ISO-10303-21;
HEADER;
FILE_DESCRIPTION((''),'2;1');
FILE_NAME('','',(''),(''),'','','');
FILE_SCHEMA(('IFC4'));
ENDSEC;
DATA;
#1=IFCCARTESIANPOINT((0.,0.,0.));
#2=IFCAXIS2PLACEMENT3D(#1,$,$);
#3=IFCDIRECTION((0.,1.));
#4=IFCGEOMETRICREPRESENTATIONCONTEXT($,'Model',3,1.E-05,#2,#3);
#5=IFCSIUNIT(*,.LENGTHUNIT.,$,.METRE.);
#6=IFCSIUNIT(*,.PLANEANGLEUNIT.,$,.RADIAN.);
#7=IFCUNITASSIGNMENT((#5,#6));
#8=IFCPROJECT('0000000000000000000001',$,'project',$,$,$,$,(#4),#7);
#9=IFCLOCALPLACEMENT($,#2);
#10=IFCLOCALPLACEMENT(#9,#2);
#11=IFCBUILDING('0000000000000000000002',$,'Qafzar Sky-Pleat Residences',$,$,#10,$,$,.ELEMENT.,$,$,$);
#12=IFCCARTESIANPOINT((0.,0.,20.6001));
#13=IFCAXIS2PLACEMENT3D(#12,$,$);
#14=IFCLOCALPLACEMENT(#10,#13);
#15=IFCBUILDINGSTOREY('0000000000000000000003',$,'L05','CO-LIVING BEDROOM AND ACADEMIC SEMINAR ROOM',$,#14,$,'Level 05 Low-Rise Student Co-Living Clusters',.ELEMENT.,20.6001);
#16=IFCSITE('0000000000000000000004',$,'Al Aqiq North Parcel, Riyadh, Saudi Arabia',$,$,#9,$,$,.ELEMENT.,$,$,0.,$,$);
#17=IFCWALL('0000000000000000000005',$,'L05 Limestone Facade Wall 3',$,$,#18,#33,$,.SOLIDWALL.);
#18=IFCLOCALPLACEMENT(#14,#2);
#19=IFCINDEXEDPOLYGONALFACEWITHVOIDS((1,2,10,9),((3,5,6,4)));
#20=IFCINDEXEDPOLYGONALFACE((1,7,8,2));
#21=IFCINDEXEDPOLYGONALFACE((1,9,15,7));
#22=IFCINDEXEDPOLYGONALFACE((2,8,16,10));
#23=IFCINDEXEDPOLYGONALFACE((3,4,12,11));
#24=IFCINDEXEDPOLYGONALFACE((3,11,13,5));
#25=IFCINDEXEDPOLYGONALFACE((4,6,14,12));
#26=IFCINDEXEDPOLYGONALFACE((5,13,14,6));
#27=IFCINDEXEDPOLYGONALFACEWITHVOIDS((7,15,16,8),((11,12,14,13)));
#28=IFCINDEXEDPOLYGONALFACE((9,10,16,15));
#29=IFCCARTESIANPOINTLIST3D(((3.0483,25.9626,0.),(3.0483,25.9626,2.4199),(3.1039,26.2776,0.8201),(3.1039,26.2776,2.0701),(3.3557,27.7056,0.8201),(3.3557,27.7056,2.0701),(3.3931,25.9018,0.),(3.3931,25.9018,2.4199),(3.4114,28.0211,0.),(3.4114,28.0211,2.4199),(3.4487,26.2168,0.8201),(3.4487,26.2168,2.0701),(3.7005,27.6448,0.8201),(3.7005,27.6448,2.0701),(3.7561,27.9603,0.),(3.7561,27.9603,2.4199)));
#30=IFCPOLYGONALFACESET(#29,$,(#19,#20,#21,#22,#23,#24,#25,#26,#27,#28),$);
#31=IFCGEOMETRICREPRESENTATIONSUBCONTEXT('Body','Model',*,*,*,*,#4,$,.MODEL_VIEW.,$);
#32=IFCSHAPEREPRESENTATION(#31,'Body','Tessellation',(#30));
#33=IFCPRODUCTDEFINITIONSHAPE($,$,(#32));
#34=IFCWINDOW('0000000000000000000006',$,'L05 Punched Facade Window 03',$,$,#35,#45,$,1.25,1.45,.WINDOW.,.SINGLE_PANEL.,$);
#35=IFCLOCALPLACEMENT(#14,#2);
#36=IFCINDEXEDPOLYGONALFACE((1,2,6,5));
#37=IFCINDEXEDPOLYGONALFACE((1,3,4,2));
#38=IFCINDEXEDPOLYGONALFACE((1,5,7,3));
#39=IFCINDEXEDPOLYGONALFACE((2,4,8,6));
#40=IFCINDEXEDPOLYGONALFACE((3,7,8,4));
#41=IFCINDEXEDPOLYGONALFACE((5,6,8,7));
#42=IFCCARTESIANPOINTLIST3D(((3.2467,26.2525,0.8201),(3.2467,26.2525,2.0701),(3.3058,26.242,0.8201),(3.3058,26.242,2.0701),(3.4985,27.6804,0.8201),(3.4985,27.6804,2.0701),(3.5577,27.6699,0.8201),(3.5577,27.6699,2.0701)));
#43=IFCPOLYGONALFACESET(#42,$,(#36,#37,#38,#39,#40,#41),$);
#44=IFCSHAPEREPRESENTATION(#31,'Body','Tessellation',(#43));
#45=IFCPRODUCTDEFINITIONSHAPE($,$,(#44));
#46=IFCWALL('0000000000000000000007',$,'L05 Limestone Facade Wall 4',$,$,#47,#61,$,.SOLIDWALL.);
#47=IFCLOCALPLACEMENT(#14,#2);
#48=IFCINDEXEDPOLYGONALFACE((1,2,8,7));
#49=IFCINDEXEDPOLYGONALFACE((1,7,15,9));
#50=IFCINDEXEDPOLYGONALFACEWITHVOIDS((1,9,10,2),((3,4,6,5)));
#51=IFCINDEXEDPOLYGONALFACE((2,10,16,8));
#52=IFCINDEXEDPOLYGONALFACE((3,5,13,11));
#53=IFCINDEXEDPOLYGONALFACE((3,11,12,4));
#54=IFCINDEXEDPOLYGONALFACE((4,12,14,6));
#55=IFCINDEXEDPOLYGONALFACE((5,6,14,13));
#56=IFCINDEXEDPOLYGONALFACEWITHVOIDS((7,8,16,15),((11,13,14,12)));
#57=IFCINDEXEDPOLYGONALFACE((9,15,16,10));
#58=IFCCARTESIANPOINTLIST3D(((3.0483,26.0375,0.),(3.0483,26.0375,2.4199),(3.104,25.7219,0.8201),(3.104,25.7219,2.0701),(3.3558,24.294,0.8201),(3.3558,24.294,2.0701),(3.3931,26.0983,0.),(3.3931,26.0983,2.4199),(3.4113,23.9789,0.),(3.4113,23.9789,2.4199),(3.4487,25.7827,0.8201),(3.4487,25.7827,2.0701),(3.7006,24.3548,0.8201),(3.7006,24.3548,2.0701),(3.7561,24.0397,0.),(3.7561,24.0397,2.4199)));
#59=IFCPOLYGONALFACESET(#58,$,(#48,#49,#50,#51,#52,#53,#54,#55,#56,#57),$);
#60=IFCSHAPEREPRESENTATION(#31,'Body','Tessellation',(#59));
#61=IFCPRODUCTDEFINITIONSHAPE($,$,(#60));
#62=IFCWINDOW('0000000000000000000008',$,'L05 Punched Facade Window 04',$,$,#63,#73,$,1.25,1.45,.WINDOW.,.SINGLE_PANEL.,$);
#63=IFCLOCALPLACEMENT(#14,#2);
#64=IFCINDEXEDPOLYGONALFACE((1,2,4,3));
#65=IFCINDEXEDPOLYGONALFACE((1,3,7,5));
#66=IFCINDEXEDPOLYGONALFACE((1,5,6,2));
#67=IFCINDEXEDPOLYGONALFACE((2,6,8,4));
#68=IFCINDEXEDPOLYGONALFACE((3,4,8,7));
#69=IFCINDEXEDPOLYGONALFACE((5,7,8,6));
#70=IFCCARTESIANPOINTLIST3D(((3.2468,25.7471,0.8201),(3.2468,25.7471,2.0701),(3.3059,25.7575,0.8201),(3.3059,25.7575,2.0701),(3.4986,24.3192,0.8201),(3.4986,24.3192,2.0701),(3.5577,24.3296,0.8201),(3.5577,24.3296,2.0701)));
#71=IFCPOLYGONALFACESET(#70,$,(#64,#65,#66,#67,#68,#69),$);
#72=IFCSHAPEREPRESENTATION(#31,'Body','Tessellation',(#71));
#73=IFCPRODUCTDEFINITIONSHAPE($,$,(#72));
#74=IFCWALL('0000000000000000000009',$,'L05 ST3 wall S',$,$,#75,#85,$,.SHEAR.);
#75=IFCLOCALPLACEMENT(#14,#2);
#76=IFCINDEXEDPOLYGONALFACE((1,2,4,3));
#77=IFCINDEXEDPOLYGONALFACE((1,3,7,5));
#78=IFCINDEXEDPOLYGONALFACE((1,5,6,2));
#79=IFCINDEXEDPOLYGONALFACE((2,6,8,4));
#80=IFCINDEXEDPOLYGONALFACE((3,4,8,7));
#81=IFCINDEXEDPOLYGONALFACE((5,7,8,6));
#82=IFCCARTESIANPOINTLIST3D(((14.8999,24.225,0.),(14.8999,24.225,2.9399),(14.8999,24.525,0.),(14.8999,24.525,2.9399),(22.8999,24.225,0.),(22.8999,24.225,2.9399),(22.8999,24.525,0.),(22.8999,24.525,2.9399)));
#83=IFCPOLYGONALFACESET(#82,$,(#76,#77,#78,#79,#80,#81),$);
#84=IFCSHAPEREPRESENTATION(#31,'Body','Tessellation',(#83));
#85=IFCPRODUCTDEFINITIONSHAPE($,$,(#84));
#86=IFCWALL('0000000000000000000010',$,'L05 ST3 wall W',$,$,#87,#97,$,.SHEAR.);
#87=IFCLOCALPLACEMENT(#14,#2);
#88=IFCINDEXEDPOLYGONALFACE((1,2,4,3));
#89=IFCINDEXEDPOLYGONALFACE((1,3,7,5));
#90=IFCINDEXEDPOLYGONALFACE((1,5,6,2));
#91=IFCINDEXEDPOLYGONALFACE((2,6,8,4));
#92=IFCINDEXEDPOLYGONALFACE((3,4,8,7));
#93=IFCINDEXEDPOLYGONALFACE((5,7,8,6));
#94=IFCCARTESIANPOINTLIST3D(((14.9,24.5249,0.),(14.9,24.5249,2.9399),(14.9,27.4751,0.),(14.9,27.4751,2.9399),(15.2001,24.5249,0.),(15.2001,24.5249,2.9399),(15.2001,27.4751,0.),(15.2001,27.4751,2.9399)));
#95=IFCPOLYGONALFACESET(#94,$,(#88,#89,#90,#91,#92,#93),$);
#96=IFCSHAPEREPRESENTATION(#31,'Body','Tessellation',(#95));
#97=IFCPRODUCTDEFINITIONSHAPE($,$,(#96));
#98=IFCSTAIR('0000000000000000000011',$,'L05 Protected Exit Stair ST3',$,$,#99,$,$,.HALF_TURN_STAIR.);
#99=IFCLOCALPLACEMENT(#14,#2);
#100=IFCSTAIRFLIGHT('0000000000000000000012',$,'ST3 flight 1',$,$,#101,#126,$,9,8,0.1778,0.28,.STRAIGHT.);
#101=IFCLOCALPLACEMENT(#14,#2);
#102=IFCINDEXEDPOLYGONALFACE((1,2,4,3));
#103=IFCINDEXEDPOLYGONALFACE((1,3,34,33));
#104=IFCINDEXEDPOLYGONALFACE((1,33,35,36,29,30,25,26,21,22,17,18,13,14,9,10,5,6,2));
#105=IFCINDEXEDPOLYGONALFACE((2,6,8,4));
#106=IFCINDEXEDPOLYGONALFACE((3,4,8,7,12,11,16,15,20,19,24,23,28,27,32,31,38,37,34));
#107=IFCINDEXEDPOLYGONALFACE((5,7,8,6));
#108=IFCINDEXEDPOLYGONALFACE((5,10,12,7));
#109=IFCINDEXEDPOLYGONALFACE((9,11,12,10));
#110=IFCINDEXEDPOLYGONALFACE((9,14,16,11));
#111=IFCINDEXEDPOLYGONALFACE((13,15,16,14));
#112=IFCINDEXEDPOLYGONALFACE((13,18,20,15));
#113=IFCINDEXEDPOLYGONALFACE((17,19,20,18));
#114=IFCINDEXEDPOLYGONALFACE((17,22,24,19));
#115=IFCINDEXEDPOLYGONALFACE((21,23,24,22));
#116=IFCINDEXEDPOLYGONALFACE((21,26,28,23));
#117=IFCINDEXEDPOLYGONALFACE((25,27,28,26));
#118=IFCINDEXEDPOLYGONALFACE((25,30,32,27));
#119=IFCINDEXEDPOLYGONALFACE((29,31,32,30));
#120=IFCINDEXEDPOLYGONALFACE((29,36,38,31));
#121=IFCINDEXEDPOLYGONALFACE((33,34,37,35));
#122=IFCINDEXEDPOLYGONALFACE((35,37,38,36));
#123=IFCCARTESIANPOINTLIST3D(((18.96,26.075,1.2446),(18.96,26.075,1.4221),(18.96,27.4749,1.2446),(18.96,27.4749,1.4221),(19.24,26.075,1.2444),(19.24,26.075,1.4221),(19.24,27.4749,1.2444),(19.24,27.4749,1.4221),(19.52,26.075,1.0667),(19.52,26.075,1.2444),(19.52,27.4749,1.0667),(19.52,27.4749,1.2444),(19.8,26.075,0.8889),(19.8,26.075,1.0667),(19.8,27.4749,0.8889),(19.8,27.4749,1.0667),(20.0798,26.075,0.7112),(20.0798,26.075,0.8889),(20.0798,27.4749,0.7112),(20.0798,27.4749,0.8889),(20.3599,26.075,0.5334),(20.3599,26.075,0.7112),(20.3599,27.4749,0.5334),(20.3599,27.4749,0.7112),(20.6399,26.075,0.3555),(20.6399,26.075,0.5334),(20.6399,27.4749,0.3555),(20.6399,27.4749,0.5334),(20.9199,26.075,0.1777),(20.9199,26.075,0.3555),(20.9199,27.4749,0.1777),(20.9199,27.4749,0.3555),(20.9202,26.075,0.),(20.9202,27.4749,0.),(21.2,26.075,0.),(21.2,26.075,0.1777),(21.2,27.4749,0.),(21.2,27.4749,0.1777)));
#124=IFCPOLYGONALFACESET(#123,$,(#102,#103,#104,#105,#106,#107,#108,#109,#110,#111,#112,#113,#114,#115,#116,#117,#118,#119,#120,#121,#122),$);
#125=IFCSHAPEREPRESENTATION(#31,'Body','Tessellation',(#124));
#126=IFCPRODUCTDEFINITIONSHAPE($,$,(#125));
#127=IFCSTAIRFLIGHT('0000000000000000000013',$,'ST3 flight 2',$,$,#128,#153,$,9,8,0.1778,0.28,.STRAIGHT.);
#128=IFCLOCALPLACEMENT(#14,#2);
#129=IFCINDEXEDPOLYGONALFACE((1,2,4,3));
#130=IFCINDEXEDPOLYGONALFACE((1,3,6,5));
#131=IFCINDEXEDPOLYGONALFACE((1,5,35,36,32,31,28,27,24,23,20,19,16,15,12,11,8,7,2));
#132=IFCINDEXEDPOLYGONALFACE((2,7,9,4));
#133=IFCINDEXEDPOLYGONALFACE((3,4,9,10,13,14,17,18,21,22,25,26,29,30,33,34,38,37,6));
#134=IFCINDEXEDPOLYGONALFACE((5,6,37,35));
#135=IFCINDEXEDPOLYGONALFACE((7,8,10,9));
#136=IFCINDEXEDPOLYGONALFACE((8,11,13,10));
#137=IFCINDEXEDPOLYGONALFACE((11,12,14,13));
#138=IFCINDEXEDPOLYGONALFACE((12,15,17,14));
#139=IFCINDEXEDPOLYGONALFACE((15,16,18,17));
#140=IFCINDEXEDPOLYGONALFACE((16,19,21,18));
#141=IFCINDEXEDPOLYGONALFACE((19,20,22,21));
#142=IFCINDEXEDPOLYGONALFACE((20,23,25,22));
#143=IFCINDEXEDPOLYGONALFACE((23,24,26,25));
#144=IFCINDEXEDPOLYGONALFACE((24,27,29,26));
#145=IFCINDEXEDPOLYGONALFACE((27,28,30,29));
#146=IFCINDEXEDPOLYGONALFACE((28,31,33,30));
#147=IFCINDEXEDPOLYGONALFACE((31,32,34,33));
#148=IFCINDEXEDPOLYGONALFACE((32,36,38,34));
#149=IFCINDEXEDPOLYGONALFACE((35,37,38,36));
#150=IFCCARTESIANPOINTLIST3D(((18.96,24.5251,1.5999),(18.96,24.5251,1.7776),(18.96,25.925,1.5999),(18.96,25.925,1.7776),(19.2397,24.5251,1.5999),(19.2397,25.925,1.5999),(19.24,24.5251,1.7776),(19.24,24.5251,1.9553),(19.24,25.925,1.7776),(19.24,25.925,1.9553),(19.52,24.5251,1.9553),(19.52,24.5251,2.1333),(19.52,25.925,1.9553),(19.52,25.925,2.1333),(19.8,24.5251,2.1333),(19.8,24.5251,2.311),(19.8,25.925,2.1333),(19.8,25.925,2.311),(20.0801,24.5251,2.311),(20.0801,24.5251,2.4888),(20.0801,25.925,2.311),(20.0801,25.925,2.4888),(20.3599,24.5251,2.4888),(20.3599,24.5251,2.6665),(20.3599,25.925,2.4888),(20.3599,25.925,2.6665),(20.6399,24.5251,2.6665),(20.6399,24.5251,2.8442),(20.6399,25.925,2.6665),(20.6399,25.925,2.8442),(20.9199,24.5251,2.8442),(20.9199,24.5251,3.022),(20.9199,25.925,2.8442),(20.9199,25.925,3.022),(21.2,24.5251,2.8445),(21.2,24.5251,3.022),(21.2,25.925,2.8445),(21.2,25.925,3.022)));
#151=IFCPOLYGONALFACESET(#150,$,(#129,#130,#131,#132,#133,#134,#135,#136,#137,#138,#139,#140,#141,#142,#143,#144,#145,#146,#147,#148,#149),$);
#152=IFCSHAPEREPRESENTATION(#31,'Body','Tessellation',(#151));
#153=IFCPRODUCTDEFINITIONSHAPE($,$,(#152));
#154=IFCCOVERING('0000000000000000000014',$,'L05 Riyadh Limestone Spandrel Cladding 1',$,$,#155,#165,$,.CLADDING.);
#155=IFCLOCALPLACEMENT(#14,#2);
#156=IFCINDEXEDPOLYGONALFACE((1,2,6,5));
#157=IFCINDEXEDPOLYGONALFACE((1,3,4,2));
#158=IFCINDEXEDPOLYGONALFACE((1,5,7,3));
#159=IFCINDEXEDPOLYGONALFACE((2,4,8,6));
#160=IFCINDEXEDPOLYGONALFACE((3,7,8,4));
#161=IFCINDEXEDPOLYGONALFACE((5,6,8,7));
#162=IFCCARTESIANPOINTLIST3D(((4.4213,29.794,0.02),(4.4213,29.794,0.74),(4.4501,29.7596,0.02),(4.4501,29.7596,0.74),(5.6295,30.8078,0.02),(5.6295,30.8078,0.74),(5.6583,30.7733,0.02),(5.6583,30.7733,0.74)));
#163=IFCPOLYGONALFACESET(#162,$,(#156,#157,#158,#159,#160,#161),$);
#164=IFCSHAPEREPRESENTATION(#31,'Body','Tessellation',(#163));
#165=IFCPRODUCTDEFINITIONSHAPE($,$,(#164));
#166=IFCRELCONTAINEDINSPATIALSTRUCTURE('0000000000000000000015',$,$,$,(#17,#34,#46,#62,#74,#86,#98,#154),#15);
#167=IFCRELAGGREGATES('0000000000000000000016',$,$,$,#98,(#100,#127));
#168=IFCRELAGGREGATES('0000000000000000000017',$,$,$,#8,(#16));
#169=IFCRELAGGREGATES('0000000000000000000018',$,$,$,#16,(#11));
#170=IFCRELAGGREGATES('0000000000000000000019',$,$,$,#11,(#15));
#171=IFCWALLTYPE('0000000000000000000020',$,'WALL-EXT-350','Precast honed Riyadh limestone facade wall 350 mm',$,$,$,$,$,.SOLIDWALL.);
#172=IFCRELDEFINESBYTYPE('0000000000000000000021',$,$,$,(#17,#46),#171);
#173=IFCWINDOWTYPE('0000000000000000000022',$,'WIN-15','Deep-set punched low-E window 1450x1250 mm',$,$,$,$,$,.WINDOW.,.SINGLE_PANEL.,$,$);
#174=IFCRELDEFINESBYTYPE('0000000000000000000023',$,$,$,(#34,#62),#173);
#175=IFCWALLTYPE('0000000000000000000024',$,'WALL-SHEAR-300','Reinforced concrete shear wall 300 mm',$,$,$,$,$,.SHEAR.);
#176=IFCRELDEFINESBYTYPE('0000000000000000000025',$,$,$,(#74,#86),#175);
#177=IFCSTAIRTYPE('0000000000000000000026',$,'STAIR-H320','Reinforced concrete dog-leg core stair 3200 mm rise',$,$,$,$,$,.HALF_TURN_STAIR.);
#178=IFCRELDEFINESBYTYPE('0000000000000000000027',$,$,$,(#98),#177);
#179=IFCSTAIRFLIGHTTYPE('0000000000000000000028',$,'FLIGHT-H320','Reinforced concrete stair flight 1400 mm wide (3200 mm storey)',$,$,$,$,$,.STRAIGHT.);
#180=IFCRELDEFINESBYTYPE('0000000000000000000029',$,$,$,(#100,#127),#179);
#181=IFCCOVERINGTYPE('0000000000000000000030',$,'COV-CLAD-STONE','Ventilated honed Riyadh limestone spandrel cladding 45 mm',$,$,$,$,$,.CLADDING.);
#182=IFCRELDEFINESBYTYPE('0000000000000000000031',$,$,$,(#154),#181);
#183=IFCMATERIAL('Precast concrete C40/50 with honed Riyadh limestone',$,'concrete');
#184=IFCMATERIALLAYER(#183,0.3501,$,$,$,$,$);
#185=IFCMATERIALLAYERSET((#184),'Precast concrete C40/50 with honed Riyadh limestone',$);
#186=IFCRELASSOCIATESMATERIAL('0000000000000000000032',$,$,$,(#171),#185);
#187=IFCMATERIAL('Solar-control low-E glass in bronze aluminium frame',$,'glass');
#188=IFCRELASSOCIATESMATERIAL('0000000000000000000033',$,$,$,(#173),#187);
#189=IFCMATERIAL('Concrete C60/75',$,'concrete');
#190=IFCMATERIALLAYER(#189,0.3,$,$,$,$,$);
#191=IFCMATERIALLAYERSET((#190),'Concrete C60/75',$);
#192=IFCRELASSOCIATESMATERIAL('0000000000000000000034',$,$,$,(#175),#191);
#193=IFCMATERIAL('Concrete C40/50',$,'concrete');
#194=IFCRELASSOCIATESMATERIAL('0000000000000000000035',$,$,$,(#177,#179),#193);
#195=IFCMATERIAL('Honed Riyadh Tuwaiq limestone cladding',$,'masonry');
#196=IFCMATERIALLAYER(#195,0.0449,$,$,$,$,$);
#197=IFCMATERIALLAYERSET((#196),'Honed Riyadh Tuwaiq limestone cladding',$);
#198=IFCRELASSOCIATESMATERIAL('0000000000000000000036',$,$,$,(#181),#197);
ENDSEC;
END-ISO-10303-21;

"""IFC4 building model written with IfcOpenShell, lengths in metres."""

from ifc_helpers import new_model, si_unit, direction, frame, frame_2d, origin, origin_2d, place, context, subcontext, project, spatial, polyline, rectangle, outline, extrude, source, transform, mapped, material, layer, layer_set, type_object, element, fill, aggregate, save


model = new_model("IFC4")

# Units and contexts
model_context = context("Model", 3, precision=1e-05, world=origin(), true_north=direction((0.0, 1.0)))
body_context = subcontext(model_context, "Body", "Model", "MODEL_VIEW")
ifc_project = project(units=[si_unit("LENGTHUNIT", "METRE"), si_unit("PLANEANGLEUNIT", "RADIAN")], contexts=[model_context])

# Site, building, storey
site_placement = place(None, origin())
site = spatial("IfcSite", under=ifc_project, at=site_placement, Name="Al Aqiq North Parcel, Riyadh, Saudi Arabia", CompositionType="ELEMENT", RefElevation=0.0)
building_placement = place(site_placement, origin())
building = spatial("IfcBuilding", under=site, at=building_placement, Name="Qafzar Sky-Pleat Residences", CompositionType="ELEMENT")
storey_placement = place(building_placement, frame((0.0, 0.0, 20.6001)))
storey = spatial("IfcBuildingStorey", under=building, at=storey_placement, Name="L05", Description="CO-LIVING BEDROOM AND ACADEMIC SEMINAR ROOM", LongName="Level 05 Low-Rise Student Co-Living Clusters", CompositionType="ELEMENT", Elevation=20.6001)

# Shared definitions
ifc_material_1 = material(Name="Concrete C60/75", Category="concrete")

# Shared definitions
ifc_material_2 = material(Name="Precast concrete C40/50 with honed Riyadh limestone", Category="concrete")
ifc_layer_1 = layer(ifc_material_2, 0.3501)
ifc_layer_set_1 = layer_set([ifc_layer_1], Name="Precast concrete C40/50 with honed Riyadh limestone")
wall_type_1 = type_object("IfcWallType", Name="WALL-EXT-350", Description="Precast honed Riyadh limestone facade wall 350 mm", PredefinedType="SOLIDWALL", material=ifc_layer_set_1)

# Walls, openings, windows
ifc_material_3 = material(Name="Solar-control low-E glass in bronze aluminium frame", Category="glass")
window_type = type_object("IfcWindowType", Name="WIN-15", Description="Deep-set punched low-E window 1450x1250 mm", PartitioningType="SINGLE_PANEL", PredefinedType="WINDOW", material=ifc_material_3)
shared_shape_1 = source(origin(), body_context, "Body", "SweptSolid", [
    extrude(rectangle(XDim=1.45, YDim=1.25, at=frame_2d((0.7251, 0.625))), frame((0.0, 0.03, 0.0), z_axis=(0.0, -1.0, 0.0), x_axis=(1.0, 0.0, 0.0)), (0.0, 0.0, 1.0), 0.0601),
])
wall_1_placement = place(storey_placement, frame((3.5837, 27.9907, 0.0), z_axis=(0.0, 0.0, 1.0), x_axis=(-0.173672, -0.984804, 0.0)))
wall_1 = element("IfcWall", 1, at=wall_1_placement, inside=storey, type_object=wall_type_1, Name="L05 Limestone Facade Wall 3", PredefinedType="SOLIDWALL", context=body_context, shape_type="SweptSolid", body=[
    extrude(rectangle(XDim=2.0903, YDim=0.3501, at=frame_2d((1.0452, 0.0))), origin(), (0.0, 0.0, 1.0), 2.4199),
])
opening_1_placement = place(wall_1_placement, frame((0.3203, 0.0, 0.8201)))
opening_1 = element("IfcOpeningElement", 2, at=opening_1_placement, cuts=wall_1, PredefinedType="OPENING", context=body_context, shape_type="SweptSolid", body=[
    extrude(rectangle(XDim=1.45, YDim=1.25, at=frame_2d((0.7251, 0.625))), frame((0.0, 0.1851, 0.0), z_axis=(0.0, -1.0, 0.0), x_axis=(1.0, 0.0, 0.0)), (0.0, 0.0, 1.0), 0.3701),
])
window_1_placement = place(opening_1_placement, origin())
window_1 = element("IfcWindow", 3, at=window_1_placement, inside=storey, type_object=window_type, Name="L05 Punched Facade Window 03", OverallHeight=1.25, OverallWidth=1.45, PartitioningType="SINGLE_PANEL", PredefinedType="WINDOW", context=body_context, shape_type="MappedRepresentation", body=[
    mapped(shared_shape_1, transform((0.0, 0.0, 0.0), x_axis=(1.0, 0.0, 0.0), y_axis=(0.0, 1.0, 0.0), z_axis=(0.0, 0.0, 1.0), scale=1.0)),
])
fill(opening_1, window_1)
wall_2_placement = place(storey_placement, frame((3.2207, 26.0679, 0.0), z_axis=(0.0, 0.0, 1.0), x_axis=(0.173672, -0.984804, 0.0)))
wall_2 = element("IfcWall", 4, at=wall_2_placement, inside=storey, type_object=wall_type_1, Name="L05 Limestone Facade Wall 4", PredefinedType="SOLIDWALL", context=body_context, shape_type="SweptSolid", body=[
    extrude(rectangle(XDim=2.0903, YDim=0.3501, at=frame_2d((1.0452, 0.0))), origin(), (0.0, 0.0, 1.0), 2.4199),
])
opening_2_placement = place(wall_2_placement, frame((0.3203, 0.0, 0.8201)))
opening_2 = element("IfcOpeningElement", 5, at=opening_2_placement, cuts=wall_2, PredefinedType="OPENING", context=body_context, shape_type="SweptSolid", body=[
    extrude(rectangle(XDim=1.45, YDim=1.25, at=frame_2d((0.7251, 0.625))), frame((0.0, 0.1851, 0.0), z_axis=(0.0, -1.0, 0.0), x_axis=(1.0, 0.0, 0.0)), (0.0, 0.0, 1.0), 0.3701),
])
window_2_placement = place(opening_2_placement, origin())
window_2 = element("IfcWindow", 6, at=window_2_placement, inside=storey, type_object=window_type, Name="L05 Punched Facade Window 04", OverallHeight=1.25, OverallWidth=1.45, PartitioningType="SINGLE_PANEL", PredefinedType="WINDOW", context=body_context, shape_type="MappedRepresentation", body=[
    mapped(shared_shape_1, transform((0.0, 0.0, 0.0), x_axis=(1.0, 0.0, 0.0), y_axis=(0.0, 1.0, 0.0), z_axis=(0.0, 0.0, 1.0), scale=1.0)),
])
fill(opening_2, window_2)

# Walls
ifc_layer_2 = layer(ifc_material_1, 0.3)
ifc_layer_set_2 = layer_set([ifc_layer_2], Name="Concrete C60/75")
wall_type_2 = type_object("IfcWallType", Name="WALL-SHEAR-300", Description="Reinforced concrete shear wall 300 mm", PredefinedType="SHEAR", material=ifc_layer_set_2)
wall_3_placement = place(storey_placement, frame((14.8999, 24.375, 0.0), z_axis=(0.0, 0.0, 1.0), x_axis=(1.0, 0.0, 0.0)))
element("IfcWall", 7, at=wall_3_placement, inside=storey, type_object=wall_type_2, Name="L05 ST3 wall S", PredefinedType="SHEAR", context=body_context, shape_type="SweptSolid", body=[
    extrude(rectangle(XDim=8.0, YDim=0.3, at=frame_2d((4.0, 0.0))), origin(), (0.0, 0.0, 1.0), 2.9399),
])
wall_4_placement = place(storey_placement, frame((15.05, 27.4751, 0.0), z_axis=(0.0, 0.0, 1.0), x_axis=(0.0, -1.0, 0.0)))
element("IfcWall", 8, at=wall_4_placement, inside=storey, type_object=wall_type_2, Name="L05 ST3 wall W", PredefinedType="SHEAR", context=body_context, shape_type="SweptSolid", body=[
    extrude(rectangle(XDim=2.9502, YDim=0.3, at=frame_2d((1.4751, 0.0))), origin(), (0.0, 0.0, 1.0), 2.9399),
])

# Stair, stair flights
ifc_material_4 = material(Name="Concrete C40/50", Category="concrete")
stair_type = type_object("IfcStairType", Name="STAIR-H320", Description="Reinforced concrete dog-leg core stair 3200 mm rise", PredefinedType="HALF_TURN_STAIR", material=ifc_material_4)
stair_placement = place(storey_placement, origin())
stair = element("IfcStair", 9, at=stair_placement, inside=storey, type_object=stair_type, Name="L05 Protected Exit Stair ST3", PredefinedType="HALF_TURN_STAIR")
stair_flight_type = type_object("IfcStairFlightType", Name="FLIGHT-H320", Description="Reinforced concrete stair flight 1400 mm wide (3200 mm storey)", PredefinedType="STRAIGHT", material=ifc_material_4)
shared_shape_2 = source(origin(), body_context, "Body", "SweptSolid", [
    extrude(outline(polyline([(0.0, 0.0), (0.0, 0.1777), (0.28, 0.1777), (0.28, 0.3555), (0.5601, 0.3555), (0.5601, 0.5334), (0.8401, 0.5334), (0.8401, 0.7112), (1.1201, 0.7112), (1.1201, 0.8889), (1.3999, 0.8889), (1.3999, 1.0667), (1.6799, 1.0667), (1.6799, 1.2444), (1.96, 1.2444), (1.96, 1.4221), (2.24, 1.4221), (2.24, 1.6001), (2.24, 1.2446), (0.2798, 0.0), (0.0, 0.0)])), frame((0.0, 0.7, 0.0), z_axis=(0.0, -1.0, 0.0), x_axis=(1.0, 0.0, 0.0)), (0.0, 0.0, 1.0), 1.3999),
])
stair_flight_1_placement = place(storey_placement, frame((21.2, 26.7749, 0.0), z_axis=(0.0, 0.0, 1.0), x_axis=(-1.0, 0.0, 0.0)))
stair_flight_1 = element("IfcStairFlight", 10, at=stair_flight_1_placement, type_object=stair_flight_type, Name="ST3 flight 1", NumberOfRisers=9, NumberOfTreads=8, PredefinedType="STRAIGHT", RiserHeight=0.1778, TreadLength=0.28, context=body_context, shape_type="MappedRepresentation", body=[
    mapped(shared_shape_2, transform((0.0, 0.0, 0.0), x_axis=(1.0, 0.0, 0.0), y_axis=(0.0, 1.0, 0.0), z_axis=(0.0, 0.0, 1.0), scale=1.0)),
])
stair_flight_2_placement = place(storey_placement, frame((18.96, 25.2251, 1.5999), z_axis=(0.0, 0.0, 1.0), x_axis=(1.0, 0.0, 0.0)))
stair_flight_2 = element("IfcStairFlight", 11, at=stair_flight_2_placement, type_object=stair_flight_type, Name="ST3 flight 2", NumberOfRisers=9, NumberOfTreads=8, PredefinedType="STRAIGHT", RiserHeight=0.1778, TreadLength=0.28, context=body_context, shape_type="MappedRepresentation", body=[
    mapped(shared_shape_2, transform((0.0, 0.0, 0.0), x_axis=(1.0, 0.0, 0.0), y_axis=(0.0, 1.0, 0.0), z_axis=(0.0, 0.0, 1.0), scale=1.0)),
])
aggregate(stair, [stair_flight_1, stair_flight_2])

# Covering
ifc_material_5 = material(Name="Honed Riyadh Tuwaiq limestone cladding", Category="masonry")
ifc_layer_3 = layer(ifc_material_5, 0.0449)
ifc_layer_set_3 = layer_set([ifc_layer_3], Name="Honed Riyadh Tuwaiq limestone cladding")
covering_type = type_object("IfcCoveringType", Name="COV-CLAD-STONE", Description="Ventilated honed Riyadh limestone spandrel cladding 45 mm", PredefinedType="CLADDING", material=ifc_layer_set_3)
shared_shape_3 = source(origin(), body_context, "Body", "SweptSolid", [
    extrude(rectangle(XDim=1.5771, YDim=0.0449, at=origin_2d()), origin(), (0.0, 0.0, 1.0), 0.72),
])
covering_1_placement = place(storey_placement, frame((5.0398, 30.2837, 0.02), z_axis=(0.0, 0.0, 1.0), x_axis=(-0.766075, -0.642752, 0.0)))
element("IfcCovering", 12, at=covering_1_placement, inside=storey, type_object=covering_type, Name="L05 Riyadh Limestone Spandrel Cladding 1", PredefinedType="CLADDING", context=body_context, shape_type="MappedRepresentation", body=[
    mapped(shared_shape_3, transform((0.0, 0.0, 0.0), x_axis=(1.0, 0.0, 0.0), y_axis=(0.0, 1.0, 0.0), z_axis=(0.0, 0.0, 1.0), scale=1.0)),
])

save(model, "model.ifc")
